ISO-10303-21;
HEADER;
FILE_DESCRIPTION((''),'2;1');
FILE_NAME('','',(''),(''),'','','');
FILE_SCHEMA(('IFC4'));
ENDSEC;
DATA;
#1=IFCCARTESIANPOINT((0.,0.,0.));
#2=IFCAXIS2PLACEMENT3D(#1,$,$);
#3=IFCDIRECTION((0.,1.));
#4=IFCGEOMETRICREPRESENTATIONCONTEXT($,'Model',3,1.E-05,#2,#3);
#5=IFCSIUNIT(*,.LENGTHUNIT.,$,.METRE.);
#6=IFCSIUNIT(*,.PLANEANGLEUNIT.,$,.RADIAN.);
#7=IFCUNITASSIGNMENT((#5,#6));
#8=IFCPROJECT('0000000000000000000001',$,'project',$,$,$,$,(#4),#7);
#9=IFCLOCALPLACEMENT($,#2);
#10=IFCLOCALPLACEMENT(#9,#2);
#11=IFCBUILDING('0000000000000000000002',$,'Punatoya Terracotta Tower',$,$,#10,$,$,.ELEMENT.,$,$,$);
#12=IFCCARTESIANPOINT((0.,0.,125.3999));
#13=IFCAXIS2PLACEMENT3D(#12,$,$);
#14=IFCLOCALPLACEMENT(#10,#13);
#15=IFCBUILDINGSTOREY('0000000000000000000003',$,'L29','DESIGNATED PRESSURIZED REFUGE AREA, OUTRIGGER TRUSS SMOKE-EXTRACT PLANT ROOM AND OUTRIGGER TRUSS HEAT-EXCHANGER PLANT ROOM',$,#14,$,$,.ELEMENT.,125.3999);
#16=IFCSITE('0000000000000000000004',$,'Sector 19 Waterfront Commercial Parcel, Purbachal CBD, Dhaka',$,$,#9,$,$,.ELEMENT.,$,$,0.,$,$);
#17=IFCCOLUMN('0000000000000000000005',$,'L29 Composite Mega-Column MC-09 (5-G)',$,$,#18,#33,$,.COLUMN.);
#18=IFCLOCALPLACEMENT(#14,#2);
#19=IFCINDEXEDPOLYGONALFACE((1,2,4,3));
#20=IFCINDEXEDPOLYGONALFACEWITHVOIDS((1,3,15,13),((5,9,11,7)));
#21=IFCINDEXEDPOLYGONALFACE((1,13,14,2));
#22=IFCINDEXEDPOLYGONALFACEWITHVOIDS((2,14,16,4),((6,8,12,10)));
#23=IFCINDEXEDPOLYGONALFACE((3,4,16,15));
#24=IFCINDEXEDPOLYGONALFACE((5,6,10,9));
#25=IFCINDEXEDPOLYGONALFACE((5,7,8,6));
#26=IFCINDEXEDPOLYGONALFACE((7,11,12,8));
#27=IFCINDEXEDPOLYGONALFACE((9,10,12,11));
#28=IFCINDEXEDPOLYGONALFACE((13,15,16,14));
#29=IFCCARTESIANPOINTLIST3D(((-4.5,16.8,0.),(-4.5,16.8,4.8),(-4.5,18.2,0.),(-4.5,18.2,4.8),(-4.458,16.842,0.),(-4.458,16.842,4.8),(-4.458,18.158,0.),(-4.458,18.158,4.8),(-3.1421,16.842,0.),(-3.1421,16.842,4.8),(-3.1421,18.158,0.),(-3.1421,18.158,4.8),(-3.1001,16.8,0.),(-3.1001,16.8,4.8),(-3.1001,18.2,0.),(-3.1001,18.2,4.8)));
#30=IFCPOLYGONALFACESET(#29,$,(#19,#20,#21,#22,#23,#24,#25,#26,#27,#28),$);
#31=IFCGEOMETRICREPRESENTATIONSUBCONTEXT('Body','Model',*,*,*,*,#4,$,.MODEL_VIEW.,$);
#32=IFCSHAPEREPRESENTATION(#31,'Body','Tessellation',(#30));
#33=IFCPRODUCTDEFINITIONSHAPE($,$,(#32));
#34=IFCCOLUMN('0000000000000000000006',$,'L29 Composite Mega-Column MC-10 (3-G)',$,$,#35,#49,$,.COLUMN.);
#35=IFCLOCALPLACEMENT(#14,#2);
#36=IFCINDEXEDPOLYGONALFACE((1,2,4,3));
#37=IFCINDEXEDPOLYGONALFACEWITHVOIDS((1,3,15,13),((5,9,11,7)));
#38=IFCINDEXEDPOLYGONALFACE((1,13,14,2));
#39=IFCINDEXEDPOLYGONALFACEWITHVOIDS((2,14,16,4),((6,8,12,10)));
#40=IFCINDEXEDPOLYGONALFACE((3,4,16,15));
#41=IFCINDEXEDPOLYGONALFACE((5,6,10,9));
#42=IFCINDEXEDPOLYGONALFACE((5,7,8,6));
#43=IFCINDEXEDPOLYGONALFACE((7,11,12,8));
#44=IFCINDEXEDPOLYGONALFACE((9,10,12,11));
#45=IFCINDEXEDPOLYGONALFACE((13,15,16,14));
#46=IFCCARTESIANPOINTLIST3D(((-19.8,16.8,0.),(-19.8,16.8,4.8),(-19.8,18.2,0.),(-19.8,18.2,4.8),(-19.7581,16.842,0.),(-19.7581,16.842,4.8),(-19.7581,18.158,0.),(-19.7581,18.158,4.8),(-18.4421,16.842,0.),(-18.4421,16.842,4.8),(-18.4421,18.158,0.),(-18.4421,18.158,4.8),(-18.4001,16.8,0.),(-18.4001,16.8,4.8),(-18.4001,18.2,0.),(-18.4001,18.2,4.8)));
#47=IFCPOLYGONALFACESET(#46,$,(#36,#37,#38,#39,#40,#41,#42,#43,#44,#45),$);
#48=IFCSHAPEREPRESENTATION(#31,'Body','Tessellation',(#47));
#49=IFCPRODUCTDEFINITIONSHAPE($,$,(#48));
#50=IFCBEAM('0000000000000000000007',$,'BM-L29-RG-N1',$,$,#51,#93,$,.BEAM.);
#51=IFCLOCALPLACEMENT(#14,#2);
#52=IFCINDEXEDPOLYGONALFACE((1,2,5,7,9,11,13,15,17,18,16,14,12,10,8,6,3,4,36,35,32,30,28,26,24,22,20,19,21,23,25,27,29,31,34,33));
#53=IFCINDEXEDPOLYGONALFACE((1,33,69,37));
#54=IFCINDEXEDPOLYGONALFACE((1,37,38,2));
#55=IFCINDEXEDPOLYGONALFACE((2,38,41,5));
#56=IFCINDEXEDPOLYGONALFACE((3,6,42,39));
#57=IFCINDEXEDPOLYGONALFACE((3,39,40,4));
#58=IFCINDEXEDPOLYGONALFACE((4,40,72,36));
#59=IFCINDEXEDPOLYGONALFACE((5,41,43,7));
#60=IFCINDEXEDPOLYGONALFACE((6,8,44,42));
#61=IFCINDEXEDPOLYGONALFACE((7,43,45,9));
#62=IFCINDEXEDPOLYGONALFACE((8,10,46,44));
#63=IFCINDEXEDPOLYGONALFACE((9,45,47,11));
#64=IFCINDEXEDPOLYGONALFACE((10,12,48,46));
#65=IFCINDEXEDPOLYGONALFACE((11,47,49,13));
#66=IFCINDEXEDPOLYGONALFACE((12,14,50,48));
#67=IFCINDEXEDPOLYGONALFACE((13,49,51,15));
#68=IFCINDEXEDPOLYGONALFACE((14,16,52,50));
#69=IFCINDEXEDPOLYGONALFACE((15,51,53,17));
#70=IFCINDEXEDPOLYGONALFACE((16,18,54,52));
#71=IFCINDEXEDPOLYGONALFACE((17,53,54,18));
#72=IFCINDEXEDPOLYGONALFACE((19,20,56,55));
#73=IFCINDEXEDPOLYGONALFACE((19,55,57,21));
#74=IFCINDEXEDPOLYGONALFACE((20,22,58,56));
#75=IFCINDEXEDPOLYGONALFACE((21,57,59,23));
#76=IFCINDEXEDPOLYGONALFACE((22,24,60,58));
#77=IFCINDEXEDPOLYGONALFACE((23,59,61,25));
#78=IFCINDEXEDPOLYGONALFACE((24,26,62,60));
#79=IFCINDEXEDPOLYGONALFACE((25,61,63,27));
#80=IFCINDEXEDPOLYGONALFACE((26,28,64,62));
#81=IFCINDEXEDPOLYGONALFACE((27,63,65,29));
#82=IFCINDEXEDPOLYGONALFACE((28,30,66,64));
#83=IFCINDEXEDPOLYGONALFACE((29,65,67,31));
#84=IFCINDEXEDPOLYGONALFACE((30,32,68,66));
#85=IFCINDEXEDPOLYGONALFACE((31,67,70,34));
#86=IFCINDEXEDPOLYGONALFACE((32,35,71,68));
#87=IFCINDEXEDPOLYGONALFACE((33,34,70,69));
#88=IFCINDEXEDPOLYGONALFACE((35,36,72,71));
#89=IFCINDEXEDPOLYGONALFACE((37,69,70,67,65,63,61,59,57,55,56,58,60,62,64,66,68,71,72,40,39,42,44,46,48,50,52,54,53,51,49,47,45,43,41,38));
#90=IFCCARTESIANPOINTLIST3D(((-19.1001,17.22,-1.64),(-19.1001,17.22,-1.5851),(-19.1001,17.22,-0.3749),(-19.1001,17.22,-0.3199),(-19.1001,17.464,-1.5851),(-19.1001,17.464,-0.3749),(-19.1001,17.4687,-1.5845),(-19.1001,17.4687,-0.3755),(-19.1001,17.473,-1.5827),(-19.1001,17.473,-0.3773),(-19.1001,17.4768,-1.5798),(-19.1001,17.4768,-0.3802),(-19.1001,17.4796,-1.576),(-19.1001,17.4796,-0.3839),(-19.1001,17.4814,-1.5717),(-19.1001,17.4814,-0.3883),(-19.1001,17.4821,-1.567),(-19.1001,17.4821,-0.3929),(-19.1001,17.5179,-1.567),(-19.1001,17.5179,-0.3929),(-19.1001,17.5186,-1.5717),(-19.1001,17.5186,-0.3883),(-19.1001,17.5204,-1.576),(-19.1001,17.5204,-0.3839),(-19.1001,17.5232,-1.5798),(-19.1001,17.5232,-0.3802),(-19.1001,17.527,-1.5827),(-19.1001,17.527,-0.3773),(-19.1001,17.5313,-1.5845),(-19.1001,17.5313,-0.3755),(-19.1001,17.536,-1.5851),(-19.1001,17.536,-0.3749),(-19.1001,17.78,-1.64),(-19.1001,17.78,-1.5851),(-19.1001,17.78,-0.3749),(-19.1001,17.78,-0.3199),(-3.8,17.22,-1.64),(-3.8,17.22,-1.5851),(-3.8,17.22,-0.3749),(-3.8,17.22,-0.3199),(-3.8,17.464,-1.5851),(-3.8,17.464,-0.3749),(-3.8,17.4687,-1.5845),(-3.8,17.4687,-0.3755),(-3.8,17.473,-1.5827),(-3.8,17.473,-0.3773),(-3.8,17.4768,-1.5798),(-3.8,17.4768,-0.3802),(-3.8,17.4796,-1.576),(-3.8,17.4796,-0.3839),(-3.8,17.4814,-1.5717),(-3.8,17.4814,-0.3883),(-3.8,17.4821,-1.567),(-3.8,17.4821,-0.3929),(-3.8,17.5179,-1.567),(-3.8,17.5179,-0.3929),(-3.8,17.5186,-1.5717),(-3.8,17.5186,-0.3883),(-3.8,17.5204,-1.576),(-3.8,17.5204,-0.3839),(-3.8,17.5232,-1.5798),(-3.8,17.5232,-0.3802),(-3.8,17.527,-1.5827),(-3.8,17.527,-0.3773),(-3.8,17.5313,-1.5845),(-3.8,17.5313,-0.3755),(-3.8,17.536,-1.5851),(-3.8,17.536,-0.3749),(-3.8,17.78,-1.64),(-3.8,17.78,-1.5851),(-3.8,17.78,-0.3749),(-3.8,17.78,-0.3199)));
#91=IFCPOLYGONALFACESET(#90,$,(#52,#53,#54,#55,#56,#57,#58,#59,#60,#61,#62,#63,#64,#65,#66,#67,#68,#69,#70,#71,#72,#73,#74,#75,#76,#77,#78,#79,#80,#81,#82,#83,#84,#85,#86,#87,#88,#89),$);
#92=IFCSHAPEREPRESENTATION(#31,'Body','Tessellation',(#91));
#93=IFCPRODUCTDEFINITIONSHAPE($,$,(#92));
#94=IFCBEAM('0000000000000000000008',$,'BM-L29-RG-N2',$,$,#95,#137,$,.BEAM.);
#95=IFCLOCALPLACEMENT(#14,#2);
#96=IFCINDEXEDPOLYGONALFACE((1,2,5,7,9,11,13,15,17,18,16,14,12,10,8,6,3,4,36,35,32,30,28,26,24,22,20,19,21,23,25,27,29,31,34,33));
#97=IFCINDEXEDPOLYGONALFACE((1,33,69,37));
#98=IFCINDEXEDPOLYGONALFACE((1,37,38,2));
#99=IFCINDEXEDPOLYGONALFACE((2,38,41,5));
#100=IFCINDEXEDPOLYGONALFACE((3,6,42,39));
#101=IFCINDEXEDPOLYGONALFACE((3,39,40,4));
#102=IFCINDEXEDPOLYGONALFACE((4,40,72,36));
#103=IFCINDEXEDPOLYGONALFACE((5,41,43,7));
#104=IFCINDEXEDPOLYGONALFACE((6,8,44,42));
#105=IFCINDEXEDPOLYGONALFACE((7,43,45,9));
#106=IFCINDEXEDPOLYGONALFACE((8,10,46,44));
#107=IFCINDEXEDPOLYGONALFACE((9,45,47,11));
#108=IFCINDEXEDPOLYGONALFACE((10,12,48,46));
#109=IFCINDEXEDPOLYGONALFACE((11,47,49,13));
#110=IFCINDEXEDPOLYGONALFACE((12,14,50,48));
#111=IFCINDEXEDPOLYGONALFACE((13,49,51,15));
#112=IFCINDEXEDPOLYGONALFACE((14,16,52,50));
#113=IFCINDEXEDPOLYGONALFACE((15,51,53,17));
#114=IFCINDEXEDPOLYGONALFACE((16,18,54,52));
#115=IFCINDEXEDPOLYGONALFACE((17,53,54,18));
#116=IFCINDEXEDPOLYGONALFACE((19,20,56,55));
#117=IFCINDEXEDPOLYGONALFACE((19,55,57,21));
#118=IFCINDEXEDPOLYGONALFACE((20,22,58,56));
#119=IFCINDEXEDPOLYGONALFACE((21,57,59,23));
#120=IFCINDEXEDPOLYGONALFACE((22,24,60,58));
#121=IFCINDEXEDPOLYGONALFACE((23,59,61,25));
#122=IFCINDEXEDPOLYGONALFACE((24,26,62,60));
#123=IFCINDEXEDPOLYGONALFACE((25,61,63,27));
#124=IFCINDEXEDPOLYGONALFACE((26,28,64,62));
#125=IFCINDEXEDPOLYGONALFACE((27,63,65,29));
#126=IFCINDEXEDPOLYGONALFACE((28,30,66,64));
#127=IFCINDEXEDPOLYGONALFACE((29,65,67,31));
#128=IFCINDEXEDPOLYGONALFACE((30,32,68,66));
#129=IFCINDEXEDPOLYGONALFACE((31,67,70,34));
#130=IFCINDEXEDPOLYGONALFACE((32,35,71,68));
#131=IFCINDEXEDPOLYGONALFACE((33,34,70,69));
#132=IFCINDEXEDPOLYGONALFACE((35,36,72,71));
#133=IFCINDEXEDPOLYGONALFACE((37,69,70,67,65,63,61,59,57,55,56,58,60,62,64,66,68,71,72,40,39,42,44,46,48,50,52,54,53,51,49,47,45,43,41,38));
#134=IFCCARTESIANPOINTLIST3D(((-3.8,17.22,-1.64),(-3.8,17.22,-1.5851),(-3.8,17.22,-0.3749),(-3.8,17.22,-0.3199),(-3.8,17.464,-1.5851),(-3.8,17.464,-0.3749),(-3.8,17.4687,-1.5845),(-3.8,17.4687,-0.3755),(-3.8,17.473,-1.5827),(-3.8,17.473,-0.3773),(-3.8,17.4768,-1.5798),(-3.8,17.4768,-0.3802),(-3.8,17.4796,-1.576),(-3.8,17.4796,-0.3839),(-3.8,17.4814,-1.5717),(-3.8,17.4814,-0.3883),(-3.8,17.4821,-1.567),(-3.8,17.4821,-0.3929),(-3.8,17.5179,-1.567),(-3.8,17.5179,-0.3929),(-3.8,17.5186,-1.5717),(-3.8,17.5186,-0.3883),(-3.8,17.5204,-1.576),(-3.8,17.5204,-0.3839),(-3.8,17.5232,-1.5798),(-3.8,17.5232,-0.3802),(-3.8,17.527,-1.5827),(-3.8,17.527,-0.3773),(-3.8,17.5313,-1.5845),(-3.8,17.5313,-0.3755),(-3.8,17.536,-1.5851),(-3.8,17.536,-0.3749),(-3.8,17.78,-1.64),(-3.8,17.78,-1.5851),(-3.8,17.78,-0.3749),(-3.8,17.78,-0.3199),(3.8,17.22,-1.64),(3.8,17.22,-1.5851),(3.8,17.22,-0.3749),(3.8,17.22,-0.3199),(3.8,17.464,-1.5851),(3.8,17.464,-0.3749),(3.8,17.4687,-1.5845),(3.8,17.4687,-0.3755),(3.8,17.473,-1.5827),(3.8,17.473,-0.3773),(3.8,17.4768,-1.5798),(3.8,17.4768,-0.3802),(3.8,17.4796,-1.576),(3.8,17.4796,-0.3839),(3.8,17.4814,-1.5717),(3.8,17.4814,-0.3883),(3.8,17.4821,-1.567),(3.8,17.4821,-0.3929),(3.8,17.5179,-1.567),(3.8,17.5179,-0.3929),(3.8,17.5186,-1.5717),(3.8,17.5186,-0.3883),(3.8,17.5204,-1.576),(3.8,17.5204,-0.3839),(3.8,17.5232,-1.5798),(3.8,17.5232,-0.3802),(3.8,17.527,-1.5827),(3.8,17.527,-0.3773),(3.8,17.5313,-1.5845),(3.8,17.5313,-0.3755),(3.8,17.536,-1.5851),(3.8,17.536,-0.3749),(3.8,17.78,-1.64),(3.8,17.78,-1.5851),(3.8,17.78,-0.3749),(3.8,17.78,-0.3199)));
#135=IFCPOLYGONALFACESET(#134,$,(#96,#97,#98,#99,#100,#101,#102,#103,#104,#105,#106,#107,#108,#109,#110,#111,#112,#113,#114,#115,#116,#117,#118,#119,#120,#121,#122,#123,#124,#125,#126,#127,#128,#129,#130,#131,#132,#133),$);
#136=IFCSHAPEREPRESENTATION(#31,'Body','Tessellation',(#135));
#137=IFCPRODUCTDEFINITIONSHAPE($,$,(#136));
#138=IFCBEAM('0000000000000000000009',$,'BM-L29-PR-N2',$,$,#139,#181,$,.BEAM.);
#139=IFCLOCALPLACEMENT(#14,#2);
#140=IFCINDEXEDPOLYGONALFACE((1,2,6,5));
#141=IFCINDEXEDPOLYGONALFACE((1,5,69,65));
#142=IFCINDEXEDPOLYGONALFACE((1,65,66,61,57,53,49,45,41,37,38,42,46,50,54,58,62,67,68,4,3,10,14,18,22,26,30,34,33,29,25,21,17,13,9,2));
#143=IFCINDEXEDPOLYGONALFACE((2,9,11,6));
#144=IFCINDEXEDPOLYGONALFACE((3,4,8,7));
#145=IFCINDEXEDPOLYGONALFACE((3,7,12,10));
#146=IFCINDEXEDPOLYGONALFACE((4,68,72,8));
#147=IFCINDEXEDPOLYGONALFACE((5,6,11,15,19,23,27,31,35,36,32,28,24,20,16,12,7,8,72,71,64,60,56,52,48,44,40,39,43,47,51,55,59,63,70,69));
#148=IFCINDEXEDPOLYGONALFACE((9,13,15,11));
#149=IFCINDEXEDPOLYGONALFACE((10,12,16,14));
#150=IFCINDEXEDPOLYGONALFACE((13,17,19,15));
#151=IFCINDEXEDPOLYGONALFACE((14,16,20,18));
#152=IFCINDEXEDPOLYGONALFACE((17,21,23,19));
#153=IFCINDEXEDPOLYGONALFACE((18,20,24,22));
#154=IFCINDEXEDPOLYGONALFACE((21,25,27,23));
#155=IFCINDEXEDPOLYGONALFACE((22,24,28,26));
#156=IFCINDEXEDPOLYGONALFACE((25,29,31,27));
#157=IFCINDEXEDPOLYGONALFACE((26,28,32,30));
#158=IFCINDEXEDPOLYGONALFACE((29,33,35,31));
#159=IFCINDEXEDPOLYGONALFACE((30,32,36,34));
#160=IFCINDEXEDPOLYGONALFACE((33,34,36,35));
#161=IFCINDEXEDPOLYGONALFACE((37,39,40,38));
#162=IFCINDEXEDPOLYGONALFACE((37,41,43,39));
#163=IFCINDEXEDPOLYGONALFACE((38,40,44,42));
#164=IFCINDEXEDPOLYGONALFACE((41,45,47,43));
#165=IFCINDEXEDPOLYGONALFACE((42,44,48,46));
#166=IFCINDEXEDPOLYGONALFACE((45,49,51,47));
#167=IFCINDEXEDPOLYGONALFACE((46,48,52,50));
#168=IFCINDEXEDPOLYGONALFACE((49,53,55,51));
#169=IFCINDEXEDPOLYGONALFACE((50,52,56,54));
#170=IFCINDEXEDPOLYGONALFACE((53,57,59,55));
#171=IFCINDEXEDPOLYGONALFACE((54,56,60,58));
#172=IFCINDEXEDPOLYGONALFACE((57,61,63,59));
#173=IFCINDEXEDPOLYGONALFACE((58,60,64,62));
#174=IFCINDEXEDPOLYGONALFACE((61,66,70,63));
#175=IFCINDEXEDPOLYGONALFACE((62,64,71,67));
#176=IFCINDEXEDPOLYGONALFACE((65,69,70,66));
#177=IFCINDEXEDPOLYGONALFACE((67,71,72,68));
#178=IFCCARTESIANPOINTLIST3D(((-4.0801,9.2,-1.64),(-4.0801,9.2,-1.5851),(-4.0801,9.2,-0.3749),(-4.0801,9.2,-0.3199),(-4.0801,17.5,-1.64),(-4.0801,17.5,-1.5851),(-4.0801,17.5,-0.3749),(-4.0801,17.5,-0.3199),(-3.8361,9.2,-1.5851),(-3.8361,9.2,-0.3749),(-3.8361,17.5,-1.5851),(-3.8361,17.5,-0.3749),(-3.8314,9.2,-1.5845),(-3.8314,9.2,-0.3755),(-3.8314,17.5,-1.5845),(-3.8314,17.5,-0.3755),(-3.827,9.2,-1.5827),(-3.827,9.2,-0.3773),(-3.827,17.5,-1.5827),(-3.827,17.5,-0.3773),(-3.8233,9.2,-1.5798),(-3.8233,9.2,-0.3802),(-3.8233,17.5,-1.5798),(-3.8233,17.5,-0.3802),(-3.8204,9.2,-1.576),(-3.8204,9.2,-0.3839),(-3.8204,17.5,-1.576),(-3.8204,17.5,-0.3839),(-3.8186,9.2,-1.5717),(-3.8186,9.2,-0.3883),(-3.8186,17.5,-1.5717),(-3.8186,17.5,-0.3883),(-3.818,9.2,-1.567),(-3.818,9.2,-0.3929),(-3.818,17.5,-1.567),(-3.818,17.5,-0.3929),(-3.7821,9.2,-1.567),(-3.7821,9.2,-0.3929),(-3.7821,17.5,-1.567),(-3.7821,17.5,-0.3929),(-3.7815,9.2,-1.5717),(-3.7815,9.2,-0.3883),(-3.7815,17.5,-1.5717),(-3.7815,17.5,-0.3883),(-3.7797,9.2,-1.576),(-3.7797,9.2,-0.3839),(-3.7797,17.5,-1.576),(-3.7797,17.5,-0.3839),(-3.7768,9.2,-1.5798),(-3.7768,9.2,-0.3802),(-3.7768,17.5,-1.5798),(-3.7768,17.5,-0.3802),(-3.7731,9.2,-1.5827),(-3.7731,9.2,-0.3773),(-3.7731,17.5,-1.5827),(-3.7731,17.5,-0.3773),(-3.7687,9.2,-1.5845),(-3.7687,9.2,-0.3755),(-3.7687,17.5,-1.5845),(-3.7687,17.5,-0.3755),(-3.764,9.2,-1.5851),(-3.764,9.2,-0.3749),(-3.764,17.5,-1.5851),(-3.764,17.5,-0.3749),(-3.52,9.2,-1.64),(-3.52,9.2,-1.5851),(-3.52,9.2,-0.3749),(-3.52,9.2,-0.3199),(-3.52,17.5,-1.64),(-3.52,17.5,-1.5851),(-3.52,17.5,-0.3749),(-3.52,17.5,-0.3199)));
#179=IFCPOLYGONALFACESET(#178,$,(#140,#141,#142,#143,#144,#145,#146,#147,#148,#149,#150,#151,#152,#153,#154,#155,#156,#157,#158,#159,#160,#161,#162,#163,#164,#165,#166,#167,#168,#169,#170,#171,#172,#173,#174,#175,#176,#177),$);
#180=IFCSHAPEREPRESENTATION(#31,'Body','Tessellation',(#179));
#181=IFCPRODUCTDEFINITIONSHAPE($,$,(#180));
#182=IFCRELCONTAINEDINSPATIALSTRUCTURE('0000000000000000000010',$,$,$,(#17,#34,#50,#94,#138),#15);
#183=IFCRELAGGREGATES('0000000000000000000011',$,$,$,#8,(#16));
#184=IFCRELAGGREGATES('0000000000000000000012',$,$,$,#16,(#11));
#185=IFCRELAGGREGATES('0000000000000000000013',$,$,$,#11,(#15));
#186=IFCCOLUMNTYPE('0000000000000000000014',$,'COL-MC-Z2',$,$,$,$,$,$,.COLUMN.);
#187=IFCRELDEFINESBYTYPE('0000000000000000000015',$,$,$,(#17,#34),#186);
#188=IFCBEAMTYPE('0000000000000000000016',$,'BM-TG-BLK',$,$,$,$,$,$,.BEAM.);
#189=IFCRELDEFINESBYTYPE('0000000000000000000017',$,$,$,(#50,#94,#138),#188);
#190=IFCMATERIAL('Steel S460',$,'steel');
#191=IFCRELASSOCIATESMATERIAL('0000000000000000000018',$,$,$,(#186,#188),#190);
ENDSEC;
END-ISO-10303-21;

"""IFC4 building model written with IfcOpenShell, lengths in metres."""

from ifc_helpers import new_model, si_unit, direction, frame, origin, origin_2d, place, context, subcontext, project, spatial, hollow_rectangle, i_section, extrude, material, material_profile, profile_set, type_object, element, save


model = new_model("IFC4")

# Units and contexts
model_context = context("Model", 3, precision=1e-05, world=origin(), true_north=direction((0.0, 1.0)))
body_context = subcontext(model_context, "Body", "Model", "MODEL_VIEW")
ifc_project = project(units=[si_unit("LENGTHUNIT", "METRE"), si_unit("PLANEANGLEUNIT", "RADIAN")], contexts=[model_context])

# Site, building, storey
site_placement = place(None, origin())
site = spatial("IfcSite", under=ifc_project, at=site_placement, Name="Sector 19 Waterfront Commercial Parcel, Purbachal CBD, Dhaka", CompositionType="ELEMENT", RefElevation=0.0)
building_placement = place(site_placement, origin())
building = spatial("IfcBuilding", under=site, at=building_placement, Name="Punatoya Terracotta Tower", CompositionType="ELEMENT")
storey_placement = place(building_placement, frame((0.0, 0.0, 125.3999)))
storey = spatial("IfcBuildingStorey", under=building, at=storey_placement, Name="L29", Description="DESIGNATED PRESSURIZED REFUGE AREA, OUTRIGGER TRUSS SMOKE-EXTRACT PLANT ROOM AND OUTRIGGER TRUSS HEAT-EXCHANGER PLANT ROOM", CompositionType="ELEMENT", Elevation=125.3999)

# Columns
ifc_material_1 = material(Name="Steel S460", Category="steel")
ifc_material_profile_1 = material_profile(ifc_material_1, hollow_rectangle(XDim=1.3999, YDim=1.3999, WallThickness=0.042, at=origin_2d()))
ifc_profile_set_1 = profile_set([ifc_material_profile_1], Name="Steel S460")
column_type = type_object("IfcColumnType", Name="COL-MC-Z2", PredefinedType="COLUMN", material=ifc_profile_set_1)
for number, where, z_axis, x_axis, name in (
    (1, (-3.8, 17.5, 0.0), (0.0, 0.0, 1.0), (1.0, 0.0, 0.0), "L29 Composite Mega-Column MC-09 (5-G)"),
    (2, (-19.1001, 17.5, 0.0), (0.0, 0.0, 1.0), (1.0, 0.0, 0.0), "L29 Composite Mega-Column MC-10 (3-G)"),
):
    element("IfcColumn", number, at=place(storey_placement, frame(where, z_axis=z_axis, x_axis=x_axis)), inside=storey, type_object=column_type, Name=name, PredefinedType="COLUMN", context=body_context, shape_type="SweptSolid", body=[
        extrude(hollow_rectangle(XDim=1.3999, YDim=1.3999, WallThickness=0.042, at=origin_2d()), origin(), (0.0, 0.0, 1.0), 4.8),
    ])

# Beams
ifc_material_profile_2 = material_profile(ifc_material_1, i_section(OverallWidth=0.5601, OverallDepth=1.3201, WebThickness=0.0359, FlangeThickness=0.0549, FilletRadius=0.0181, at=origin_2d()))
ifc_profile_set_2 = profile_set([ifc_material_profile_2], Name="Steel S460")
beam_type_1 = type_object("IfcBeamType", Name="BM-TG-BLK", PredefinedType="BEAM", material=ifc_profile_set_2)
beam_1_placement = place(storey_placement, frame((-19.1001, 17.5, -0.98), z_axis=(1.0, 0.0, 0.0), x_axis=(0.0, 1.0, 0.0)))
element("IfcBeam", 3, at=beam_1_placement, inside=storey, type_object=beam_type_1, Name="BM-L29-RG-N1", PredefinedType="BEAM", context=body_context, shape_type="SweptSolid", body=[
    extrude(i_section(OverallWidth=0.5601, OverallDepth=1.3201, WebThickness=0.0359, FlangeThickness=0.0549, FilletRadius=0.0181, at=origin_2d()), origin(), (0.0, 0.0, 1.0), 15.3),
])
beam_2_placement = place(storey_placement, frame((-3.8, 17.5, -0.98), z_axis=(1.0, 0.0, 0.0), x_axis=(0.0, 1.0, 0.0)))
element("IfcBeam", 4, at=beam_2_placement, inside=storey, type_object=beam_type_1, Name="BM-L29-RG-N2", PredefinedType="BEAM", context=body_context, shape_type="SweptSolid", body=[
    extrude(i_section(OverallWidth=0.5601, OverallDepth=1.3201, WebThickness=0.0359, FlangeThickness=0.0549, FilletRadius=0.0181, at=origin_2d()), origin(), (0.0, 0.0, 1.0), 7.6001),
])
beam_3_placement = place(storey_placement, frame((-3.8, 9.2, -0.98), z_axis=(0.0, 1.0, 0.0), x_axis=(-1.0, 0.0, 0.0)))
element("IfcBeam", 5, at=beam_3_placement, inside=storey, type_object=beam_type_1, Name="BM-L29-PR-N2", PredefinedType="BEAM", context=body_context, shape_type="SweptSolid", body=[
    extrude(i_section(OverallWidth=0.5601, OverallDepth=1.3201, WebThickness=0.0359, FlangeThickness=0.0549, FilletRadius=0.0181, at=origin_2d()), origin(), (0.0, 0.0, 1.0), 8.3),
])

save(model, "model.ifc")
